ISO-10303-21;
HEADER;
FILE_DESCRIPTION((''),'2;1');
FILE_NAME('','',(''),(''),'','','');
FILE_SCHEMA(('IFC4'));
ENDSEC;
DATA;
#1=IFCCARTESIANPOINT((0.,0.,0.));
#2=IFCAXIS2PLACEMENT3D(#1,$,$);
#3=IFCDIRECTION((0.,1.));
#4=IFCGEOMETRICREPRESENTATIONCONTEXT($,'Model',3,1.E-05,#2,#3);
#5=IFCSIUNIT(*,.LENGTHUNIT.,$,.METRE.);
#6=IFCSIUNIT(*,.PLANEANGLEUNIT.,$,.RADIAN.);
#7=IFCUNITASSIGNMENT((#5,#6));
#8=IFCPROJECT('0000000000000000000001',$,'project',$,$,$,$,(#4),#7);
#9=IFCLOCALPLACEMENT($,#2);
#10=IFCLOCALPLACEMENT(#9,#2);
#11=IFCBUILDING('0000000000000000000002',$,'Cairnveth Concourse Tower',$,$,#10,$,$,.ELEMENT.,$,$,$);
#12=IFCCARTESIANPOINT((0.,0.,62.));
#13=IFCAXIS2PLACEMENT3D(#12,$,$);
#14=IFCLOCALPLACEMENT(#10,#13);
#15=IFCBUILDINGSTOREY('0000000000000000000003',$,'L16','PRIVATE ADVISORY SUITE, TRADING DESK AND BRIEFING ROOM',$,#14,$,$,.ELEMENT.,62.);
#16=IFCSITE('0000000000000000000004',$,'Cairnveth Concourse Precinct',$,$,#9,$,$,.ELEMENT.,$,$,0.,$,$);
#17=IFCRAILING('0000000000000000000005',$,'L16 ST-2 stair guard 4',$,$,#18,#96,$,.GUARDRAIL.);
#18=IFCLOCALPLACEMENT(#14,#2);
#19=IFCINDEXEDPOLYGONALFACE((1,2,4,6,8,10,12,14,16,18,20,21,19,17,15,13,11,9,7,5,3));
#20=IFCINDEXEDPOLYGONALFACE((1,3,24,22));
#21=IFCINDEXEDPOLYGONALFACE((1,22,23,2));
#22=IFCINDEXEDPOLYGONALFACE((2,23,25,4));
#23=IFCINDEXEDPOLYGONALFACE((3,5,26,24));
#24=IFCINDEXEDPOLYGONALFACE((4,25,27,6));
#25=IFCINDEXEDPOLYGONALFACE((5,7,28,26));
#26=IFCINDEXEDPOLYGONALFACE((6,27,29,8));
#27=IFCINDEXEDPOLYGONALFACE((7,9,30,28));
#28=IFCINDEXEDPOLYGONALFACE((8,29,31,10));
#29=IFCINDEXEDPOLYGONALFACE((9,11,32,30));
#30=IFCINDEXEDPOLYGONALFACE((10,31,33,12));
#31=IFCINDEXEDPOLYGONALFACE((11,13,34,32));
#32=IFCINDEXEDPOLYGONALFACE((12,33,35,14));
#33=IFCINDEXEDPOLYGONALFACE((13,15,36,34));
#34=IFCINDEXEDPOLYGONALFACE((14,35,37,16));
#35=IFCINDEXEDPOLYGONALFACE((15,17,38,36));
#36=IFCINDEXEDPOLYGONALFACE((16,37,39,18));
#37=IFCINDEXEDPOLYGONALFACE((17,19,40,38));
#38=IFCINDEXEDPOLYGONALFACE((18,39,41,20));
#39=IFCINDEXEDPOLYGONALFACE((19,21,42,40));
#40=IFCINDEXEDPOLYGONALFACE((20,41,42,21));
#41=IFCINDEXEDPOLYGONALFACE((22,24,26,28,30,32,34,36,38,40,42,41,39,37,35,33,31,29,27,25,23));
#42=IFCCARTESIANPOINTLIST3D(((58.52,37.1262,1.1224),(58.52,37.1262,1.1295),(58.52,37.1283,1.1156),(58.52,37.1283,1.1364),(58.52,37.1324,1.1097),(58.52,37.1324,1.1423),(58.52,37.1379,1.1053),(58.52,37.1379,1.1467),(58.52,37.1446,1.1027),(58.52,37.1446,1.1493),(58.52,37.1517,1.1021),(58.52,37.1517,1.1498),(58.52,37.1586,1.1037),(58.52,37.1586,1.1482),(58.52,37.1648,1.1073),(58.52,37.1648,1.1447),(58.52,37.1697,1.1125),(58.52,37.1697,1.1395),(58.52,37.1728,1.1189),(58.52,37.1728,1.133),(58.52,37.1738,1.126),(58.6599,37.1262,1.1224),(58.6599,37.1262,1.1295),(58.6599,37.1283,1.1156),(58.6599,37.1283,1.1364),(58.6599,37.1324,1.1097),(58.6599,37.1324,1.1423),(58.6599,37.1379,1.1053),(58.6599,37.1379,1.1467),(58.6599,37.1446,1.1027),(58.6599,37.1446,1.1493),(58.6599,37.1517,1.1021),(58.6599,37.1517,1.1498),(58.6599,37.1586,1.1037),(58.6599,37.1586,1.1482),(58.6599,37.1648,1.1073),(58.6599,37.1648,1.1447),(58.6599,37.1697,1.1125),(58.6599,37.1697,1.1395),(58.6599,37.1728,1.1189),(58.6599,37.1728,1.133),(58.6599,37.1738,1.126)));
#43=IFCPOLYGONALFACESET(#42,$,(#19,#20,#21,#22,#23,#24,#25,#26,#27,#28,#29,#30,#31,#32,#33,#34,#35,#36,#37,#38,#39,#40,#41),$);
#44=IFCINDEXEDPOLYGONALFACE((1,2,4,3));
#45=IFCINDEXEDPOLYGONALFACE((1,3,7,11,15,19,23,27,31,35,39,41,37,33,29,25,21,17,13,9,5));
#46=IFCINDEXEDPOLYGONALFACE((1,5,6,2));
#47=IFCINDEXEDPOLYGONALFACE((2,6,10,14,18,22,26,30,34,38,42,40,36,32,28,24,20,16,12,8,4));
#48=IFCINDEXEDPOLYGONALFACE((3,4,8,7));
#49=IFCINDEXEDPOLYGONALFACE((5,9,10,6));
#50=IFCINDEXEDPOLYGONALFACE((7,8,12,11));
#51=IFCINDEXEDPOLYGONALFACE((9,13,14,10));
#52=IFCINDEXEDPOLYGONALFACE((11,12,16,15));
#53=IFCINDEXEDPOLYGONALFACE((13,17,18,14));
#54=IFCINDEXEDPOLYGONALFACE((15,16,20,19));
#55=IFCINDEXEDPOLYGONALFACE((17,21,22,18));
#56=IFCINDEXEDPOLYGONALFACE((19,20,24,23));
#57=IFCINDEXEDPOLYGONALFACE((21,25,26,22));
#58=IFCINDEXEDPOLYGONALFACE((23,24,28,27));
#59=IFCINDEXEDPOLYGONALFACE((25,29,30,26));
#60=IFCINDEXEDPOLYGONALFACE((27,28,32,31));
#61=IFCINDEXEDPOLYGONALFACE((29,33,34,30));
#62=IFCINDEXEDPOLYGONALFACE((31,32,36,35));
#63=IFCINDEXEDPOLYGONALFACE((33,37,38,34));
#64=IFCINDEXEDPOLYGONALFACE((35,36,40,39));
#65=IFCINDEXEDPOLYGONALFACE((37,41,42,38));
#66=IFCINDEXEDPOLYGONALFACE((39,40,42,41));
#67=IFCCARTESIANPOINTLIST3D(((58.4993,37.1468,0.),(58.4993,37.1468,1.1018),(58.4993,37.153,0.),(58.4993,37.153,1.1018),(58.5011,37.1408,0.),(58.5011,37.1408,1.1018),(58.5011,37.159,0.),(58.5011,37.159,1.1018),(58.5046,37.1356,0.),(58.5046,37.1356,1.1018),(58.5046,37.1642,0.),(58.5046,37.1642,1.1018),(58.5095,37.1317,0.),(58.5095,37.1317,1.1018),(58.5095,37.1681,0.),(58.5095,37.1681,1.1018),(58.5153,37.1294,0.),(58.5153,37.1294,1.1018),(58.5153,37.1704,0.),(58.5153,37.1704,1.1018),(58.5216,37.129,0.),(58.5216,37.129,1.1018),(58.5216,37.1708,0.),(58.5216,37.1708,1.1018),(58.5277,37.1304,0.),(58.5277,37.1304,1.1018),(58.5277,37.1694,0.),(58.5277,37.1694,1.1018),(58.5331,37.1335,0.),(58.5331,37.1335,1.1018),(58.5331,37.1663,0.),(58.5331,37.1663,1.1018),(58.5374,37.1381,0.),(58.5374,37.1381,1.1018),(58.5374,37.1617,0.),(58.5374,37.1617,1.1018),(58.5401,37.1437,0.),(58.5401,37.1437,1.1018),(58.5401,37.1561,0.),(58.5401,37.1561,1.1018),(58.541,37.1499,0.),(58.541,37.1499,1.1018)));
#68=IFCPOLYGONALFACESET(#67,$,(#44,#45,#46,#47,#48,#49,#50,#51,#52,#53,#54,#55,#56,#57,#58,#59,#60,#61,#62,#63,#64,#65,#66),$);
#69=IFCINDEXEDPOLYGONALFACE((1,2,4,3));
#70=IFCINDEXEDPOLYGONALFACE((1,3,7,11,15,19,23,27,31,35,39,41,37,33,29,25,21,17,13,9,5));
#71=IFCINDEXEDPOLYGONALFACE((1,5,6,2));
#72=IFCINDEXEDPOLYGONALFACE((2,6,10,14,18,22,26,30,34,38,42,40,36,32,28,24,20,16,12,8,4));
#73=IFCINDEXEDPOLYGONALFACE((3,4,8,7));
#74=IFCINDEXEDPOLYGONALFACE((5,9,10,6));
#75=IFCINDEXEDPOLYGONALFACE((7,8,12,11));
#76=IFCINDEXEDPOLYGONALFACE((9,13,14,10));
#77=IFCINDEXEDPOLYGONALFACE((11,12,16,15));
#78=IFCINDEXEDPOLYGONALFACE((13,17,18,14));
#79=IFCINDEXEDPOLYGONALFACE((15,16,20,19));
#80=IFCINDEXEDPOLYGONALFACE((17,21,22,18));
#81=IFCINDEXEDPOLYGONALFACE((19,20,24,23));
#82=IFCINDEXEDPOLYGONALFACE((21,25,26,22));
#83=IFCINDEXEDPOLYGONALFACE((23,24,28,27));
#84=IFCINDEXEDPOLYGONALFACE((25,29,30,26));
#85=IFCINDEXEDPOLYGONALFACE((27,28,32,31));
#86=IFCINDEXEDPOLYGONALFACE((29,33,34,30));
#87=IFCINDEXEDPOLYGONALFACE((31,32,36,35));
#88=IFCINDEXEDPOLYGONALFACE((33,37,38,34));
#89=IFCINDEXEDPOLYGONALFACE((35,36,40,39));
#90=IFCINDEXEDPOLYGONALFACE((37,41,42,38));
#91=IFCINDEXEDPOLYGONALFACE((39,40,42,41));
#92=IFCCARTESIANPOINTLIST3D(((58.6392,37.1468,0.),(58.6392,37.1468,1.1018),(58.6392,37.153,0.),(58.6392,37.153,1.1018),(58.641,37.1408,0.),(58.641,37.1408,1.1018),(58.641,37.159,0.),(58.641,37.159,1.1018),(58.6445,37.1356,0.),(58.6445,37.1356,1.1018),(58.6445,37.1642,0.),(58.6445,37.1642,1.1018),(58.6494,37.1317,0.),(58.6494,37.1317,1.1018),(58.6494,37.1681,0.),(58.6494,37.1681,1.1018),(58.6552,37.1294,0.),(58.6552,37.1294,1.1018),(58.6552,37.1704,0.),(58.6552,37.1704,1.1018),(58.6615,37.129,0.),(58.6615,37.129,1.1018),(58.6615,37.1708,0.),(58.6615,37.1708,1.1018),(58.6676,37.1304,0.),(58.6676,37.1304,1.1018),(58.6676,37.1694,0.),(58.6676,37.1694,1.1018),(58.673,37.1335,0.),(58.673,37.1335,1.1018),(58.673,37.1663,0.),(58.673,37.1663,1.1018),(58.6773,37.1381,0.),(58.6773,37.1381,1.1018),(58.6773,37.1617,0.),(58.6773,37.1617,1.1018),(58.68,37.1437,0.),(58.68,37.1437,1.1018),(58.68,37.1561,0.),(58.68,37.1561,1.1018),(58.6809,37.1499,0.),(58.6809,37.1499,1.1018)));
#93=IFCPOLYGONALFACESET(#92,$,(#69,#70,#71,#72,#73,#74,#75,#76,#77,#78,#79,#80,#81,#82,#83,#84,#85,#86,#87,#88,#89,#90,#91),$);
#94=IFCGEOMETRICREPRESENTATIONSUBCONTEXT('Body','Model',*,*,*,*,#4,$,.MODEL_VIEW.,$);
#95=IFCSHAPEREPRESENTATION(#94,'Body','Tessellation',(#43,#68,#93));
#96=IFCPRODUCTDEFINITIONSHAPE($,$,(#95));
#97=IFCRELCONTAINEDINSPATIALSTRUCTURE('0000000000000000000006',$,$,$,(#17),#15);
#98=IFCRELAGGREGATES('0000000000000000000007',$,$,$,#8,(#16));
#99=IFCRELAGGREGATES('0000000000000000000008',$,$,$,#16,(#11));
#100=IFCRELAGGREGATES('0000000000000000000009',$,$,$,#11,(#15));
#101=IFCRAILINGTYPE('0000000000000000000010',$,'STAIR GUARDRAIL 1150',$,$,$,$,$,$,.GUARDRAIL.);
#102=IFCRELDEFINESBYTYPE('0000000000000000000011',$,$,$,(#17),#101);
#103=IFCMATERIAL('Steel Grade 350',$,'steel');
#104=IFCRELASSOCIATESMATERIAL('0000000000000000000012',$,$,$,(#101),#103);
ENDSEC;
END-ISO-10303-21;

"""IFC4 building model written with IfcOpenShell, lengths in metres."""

from ifc_helpers import new_model, si_unit, direction, frame, origin, origin_2d, place, context, subcontext, project, spatial, circle, extrude, material, type_object, element, save


model = new_model("IFC4")

# Units and contexts
model_context = context("Model", 3, precision=1e-05, world=origin(), true_north=direction((0.0, 1.0)))
body_context = subcontext(model_context, "Body", "Model", "MODEL_VIEW")
ifc_project = project(units=[si_unit("LENGTHUNIT", "METRE"), si_unit("PLANEANGLEUNIT", "RADIAN")], contexts=[model_context])

# Site, building, storey
site_placement = place(None, origin())
site = spatial("IfcSite", under=ifc_project, at=site_placement, Name="Cairnveth Concourse Precinct", CompositionType="ELEMENT", RefElevation=0.0)
building_placement = place(site_placement, origin())
building = spatial("IfcBuilding", under=site, at=building_placement, Name="Cairnveth Concourse Tower", CompositionType="ELEMENT")
storey_placement = place(building_placement, frame((0.0, 0.0, 62.0)))
storey = spatial("IfcBuildingStorey", under=building, at=storey_placement, Name="L16", Description="PRIVATE ADVISORY SUITE, TRADING DESK AND BRIEFING ROOM", CompositionType="ELEMENT", Elevation=62.0)

# Shared definitions
ifc_material_1 = material(Name="Steel Grade 350", Category="steel")

# Railing
railing_type_1 = type_object("IfcRailingType", Name="STAIR GUARDRAIL 1150", PredefinedType="GUARDRAIL", material=ifc_material_1)
railing_1_placement = place(storey_placement, frame((58.52, 37.1499, 0.0)))
element("IfcRailing", 1, at=railing_1_placement, inside=storey, type_object=railing_type_1, Name="L16 ST-2 stair guard 4", PredefinedType="GUARDRAIL", context=body_context, shape_type="SweptSolid", body=[
    extrude(circle(Radius=0.0239, at=origin_2d()), frame((0.0, 0.0, 1.126), z_axis=(1.0, 0.0, 0.0), x_axis=(0.0, 1.0, 0.0)), (0.0, 0.0, 1.0), 0.1399),
    extrude(circle(Radius=0.021, at=origin_2d()), origin(), (0.0, 0.0, 1.0), 1.1018),
    extrude(circle(Radius=0.021, at=origin_2d()), frame((0.1399, 0.0, 0.0)), (0.0, 0.0, 1.0), 1.1018),
])

save(model, "model.ifc")
